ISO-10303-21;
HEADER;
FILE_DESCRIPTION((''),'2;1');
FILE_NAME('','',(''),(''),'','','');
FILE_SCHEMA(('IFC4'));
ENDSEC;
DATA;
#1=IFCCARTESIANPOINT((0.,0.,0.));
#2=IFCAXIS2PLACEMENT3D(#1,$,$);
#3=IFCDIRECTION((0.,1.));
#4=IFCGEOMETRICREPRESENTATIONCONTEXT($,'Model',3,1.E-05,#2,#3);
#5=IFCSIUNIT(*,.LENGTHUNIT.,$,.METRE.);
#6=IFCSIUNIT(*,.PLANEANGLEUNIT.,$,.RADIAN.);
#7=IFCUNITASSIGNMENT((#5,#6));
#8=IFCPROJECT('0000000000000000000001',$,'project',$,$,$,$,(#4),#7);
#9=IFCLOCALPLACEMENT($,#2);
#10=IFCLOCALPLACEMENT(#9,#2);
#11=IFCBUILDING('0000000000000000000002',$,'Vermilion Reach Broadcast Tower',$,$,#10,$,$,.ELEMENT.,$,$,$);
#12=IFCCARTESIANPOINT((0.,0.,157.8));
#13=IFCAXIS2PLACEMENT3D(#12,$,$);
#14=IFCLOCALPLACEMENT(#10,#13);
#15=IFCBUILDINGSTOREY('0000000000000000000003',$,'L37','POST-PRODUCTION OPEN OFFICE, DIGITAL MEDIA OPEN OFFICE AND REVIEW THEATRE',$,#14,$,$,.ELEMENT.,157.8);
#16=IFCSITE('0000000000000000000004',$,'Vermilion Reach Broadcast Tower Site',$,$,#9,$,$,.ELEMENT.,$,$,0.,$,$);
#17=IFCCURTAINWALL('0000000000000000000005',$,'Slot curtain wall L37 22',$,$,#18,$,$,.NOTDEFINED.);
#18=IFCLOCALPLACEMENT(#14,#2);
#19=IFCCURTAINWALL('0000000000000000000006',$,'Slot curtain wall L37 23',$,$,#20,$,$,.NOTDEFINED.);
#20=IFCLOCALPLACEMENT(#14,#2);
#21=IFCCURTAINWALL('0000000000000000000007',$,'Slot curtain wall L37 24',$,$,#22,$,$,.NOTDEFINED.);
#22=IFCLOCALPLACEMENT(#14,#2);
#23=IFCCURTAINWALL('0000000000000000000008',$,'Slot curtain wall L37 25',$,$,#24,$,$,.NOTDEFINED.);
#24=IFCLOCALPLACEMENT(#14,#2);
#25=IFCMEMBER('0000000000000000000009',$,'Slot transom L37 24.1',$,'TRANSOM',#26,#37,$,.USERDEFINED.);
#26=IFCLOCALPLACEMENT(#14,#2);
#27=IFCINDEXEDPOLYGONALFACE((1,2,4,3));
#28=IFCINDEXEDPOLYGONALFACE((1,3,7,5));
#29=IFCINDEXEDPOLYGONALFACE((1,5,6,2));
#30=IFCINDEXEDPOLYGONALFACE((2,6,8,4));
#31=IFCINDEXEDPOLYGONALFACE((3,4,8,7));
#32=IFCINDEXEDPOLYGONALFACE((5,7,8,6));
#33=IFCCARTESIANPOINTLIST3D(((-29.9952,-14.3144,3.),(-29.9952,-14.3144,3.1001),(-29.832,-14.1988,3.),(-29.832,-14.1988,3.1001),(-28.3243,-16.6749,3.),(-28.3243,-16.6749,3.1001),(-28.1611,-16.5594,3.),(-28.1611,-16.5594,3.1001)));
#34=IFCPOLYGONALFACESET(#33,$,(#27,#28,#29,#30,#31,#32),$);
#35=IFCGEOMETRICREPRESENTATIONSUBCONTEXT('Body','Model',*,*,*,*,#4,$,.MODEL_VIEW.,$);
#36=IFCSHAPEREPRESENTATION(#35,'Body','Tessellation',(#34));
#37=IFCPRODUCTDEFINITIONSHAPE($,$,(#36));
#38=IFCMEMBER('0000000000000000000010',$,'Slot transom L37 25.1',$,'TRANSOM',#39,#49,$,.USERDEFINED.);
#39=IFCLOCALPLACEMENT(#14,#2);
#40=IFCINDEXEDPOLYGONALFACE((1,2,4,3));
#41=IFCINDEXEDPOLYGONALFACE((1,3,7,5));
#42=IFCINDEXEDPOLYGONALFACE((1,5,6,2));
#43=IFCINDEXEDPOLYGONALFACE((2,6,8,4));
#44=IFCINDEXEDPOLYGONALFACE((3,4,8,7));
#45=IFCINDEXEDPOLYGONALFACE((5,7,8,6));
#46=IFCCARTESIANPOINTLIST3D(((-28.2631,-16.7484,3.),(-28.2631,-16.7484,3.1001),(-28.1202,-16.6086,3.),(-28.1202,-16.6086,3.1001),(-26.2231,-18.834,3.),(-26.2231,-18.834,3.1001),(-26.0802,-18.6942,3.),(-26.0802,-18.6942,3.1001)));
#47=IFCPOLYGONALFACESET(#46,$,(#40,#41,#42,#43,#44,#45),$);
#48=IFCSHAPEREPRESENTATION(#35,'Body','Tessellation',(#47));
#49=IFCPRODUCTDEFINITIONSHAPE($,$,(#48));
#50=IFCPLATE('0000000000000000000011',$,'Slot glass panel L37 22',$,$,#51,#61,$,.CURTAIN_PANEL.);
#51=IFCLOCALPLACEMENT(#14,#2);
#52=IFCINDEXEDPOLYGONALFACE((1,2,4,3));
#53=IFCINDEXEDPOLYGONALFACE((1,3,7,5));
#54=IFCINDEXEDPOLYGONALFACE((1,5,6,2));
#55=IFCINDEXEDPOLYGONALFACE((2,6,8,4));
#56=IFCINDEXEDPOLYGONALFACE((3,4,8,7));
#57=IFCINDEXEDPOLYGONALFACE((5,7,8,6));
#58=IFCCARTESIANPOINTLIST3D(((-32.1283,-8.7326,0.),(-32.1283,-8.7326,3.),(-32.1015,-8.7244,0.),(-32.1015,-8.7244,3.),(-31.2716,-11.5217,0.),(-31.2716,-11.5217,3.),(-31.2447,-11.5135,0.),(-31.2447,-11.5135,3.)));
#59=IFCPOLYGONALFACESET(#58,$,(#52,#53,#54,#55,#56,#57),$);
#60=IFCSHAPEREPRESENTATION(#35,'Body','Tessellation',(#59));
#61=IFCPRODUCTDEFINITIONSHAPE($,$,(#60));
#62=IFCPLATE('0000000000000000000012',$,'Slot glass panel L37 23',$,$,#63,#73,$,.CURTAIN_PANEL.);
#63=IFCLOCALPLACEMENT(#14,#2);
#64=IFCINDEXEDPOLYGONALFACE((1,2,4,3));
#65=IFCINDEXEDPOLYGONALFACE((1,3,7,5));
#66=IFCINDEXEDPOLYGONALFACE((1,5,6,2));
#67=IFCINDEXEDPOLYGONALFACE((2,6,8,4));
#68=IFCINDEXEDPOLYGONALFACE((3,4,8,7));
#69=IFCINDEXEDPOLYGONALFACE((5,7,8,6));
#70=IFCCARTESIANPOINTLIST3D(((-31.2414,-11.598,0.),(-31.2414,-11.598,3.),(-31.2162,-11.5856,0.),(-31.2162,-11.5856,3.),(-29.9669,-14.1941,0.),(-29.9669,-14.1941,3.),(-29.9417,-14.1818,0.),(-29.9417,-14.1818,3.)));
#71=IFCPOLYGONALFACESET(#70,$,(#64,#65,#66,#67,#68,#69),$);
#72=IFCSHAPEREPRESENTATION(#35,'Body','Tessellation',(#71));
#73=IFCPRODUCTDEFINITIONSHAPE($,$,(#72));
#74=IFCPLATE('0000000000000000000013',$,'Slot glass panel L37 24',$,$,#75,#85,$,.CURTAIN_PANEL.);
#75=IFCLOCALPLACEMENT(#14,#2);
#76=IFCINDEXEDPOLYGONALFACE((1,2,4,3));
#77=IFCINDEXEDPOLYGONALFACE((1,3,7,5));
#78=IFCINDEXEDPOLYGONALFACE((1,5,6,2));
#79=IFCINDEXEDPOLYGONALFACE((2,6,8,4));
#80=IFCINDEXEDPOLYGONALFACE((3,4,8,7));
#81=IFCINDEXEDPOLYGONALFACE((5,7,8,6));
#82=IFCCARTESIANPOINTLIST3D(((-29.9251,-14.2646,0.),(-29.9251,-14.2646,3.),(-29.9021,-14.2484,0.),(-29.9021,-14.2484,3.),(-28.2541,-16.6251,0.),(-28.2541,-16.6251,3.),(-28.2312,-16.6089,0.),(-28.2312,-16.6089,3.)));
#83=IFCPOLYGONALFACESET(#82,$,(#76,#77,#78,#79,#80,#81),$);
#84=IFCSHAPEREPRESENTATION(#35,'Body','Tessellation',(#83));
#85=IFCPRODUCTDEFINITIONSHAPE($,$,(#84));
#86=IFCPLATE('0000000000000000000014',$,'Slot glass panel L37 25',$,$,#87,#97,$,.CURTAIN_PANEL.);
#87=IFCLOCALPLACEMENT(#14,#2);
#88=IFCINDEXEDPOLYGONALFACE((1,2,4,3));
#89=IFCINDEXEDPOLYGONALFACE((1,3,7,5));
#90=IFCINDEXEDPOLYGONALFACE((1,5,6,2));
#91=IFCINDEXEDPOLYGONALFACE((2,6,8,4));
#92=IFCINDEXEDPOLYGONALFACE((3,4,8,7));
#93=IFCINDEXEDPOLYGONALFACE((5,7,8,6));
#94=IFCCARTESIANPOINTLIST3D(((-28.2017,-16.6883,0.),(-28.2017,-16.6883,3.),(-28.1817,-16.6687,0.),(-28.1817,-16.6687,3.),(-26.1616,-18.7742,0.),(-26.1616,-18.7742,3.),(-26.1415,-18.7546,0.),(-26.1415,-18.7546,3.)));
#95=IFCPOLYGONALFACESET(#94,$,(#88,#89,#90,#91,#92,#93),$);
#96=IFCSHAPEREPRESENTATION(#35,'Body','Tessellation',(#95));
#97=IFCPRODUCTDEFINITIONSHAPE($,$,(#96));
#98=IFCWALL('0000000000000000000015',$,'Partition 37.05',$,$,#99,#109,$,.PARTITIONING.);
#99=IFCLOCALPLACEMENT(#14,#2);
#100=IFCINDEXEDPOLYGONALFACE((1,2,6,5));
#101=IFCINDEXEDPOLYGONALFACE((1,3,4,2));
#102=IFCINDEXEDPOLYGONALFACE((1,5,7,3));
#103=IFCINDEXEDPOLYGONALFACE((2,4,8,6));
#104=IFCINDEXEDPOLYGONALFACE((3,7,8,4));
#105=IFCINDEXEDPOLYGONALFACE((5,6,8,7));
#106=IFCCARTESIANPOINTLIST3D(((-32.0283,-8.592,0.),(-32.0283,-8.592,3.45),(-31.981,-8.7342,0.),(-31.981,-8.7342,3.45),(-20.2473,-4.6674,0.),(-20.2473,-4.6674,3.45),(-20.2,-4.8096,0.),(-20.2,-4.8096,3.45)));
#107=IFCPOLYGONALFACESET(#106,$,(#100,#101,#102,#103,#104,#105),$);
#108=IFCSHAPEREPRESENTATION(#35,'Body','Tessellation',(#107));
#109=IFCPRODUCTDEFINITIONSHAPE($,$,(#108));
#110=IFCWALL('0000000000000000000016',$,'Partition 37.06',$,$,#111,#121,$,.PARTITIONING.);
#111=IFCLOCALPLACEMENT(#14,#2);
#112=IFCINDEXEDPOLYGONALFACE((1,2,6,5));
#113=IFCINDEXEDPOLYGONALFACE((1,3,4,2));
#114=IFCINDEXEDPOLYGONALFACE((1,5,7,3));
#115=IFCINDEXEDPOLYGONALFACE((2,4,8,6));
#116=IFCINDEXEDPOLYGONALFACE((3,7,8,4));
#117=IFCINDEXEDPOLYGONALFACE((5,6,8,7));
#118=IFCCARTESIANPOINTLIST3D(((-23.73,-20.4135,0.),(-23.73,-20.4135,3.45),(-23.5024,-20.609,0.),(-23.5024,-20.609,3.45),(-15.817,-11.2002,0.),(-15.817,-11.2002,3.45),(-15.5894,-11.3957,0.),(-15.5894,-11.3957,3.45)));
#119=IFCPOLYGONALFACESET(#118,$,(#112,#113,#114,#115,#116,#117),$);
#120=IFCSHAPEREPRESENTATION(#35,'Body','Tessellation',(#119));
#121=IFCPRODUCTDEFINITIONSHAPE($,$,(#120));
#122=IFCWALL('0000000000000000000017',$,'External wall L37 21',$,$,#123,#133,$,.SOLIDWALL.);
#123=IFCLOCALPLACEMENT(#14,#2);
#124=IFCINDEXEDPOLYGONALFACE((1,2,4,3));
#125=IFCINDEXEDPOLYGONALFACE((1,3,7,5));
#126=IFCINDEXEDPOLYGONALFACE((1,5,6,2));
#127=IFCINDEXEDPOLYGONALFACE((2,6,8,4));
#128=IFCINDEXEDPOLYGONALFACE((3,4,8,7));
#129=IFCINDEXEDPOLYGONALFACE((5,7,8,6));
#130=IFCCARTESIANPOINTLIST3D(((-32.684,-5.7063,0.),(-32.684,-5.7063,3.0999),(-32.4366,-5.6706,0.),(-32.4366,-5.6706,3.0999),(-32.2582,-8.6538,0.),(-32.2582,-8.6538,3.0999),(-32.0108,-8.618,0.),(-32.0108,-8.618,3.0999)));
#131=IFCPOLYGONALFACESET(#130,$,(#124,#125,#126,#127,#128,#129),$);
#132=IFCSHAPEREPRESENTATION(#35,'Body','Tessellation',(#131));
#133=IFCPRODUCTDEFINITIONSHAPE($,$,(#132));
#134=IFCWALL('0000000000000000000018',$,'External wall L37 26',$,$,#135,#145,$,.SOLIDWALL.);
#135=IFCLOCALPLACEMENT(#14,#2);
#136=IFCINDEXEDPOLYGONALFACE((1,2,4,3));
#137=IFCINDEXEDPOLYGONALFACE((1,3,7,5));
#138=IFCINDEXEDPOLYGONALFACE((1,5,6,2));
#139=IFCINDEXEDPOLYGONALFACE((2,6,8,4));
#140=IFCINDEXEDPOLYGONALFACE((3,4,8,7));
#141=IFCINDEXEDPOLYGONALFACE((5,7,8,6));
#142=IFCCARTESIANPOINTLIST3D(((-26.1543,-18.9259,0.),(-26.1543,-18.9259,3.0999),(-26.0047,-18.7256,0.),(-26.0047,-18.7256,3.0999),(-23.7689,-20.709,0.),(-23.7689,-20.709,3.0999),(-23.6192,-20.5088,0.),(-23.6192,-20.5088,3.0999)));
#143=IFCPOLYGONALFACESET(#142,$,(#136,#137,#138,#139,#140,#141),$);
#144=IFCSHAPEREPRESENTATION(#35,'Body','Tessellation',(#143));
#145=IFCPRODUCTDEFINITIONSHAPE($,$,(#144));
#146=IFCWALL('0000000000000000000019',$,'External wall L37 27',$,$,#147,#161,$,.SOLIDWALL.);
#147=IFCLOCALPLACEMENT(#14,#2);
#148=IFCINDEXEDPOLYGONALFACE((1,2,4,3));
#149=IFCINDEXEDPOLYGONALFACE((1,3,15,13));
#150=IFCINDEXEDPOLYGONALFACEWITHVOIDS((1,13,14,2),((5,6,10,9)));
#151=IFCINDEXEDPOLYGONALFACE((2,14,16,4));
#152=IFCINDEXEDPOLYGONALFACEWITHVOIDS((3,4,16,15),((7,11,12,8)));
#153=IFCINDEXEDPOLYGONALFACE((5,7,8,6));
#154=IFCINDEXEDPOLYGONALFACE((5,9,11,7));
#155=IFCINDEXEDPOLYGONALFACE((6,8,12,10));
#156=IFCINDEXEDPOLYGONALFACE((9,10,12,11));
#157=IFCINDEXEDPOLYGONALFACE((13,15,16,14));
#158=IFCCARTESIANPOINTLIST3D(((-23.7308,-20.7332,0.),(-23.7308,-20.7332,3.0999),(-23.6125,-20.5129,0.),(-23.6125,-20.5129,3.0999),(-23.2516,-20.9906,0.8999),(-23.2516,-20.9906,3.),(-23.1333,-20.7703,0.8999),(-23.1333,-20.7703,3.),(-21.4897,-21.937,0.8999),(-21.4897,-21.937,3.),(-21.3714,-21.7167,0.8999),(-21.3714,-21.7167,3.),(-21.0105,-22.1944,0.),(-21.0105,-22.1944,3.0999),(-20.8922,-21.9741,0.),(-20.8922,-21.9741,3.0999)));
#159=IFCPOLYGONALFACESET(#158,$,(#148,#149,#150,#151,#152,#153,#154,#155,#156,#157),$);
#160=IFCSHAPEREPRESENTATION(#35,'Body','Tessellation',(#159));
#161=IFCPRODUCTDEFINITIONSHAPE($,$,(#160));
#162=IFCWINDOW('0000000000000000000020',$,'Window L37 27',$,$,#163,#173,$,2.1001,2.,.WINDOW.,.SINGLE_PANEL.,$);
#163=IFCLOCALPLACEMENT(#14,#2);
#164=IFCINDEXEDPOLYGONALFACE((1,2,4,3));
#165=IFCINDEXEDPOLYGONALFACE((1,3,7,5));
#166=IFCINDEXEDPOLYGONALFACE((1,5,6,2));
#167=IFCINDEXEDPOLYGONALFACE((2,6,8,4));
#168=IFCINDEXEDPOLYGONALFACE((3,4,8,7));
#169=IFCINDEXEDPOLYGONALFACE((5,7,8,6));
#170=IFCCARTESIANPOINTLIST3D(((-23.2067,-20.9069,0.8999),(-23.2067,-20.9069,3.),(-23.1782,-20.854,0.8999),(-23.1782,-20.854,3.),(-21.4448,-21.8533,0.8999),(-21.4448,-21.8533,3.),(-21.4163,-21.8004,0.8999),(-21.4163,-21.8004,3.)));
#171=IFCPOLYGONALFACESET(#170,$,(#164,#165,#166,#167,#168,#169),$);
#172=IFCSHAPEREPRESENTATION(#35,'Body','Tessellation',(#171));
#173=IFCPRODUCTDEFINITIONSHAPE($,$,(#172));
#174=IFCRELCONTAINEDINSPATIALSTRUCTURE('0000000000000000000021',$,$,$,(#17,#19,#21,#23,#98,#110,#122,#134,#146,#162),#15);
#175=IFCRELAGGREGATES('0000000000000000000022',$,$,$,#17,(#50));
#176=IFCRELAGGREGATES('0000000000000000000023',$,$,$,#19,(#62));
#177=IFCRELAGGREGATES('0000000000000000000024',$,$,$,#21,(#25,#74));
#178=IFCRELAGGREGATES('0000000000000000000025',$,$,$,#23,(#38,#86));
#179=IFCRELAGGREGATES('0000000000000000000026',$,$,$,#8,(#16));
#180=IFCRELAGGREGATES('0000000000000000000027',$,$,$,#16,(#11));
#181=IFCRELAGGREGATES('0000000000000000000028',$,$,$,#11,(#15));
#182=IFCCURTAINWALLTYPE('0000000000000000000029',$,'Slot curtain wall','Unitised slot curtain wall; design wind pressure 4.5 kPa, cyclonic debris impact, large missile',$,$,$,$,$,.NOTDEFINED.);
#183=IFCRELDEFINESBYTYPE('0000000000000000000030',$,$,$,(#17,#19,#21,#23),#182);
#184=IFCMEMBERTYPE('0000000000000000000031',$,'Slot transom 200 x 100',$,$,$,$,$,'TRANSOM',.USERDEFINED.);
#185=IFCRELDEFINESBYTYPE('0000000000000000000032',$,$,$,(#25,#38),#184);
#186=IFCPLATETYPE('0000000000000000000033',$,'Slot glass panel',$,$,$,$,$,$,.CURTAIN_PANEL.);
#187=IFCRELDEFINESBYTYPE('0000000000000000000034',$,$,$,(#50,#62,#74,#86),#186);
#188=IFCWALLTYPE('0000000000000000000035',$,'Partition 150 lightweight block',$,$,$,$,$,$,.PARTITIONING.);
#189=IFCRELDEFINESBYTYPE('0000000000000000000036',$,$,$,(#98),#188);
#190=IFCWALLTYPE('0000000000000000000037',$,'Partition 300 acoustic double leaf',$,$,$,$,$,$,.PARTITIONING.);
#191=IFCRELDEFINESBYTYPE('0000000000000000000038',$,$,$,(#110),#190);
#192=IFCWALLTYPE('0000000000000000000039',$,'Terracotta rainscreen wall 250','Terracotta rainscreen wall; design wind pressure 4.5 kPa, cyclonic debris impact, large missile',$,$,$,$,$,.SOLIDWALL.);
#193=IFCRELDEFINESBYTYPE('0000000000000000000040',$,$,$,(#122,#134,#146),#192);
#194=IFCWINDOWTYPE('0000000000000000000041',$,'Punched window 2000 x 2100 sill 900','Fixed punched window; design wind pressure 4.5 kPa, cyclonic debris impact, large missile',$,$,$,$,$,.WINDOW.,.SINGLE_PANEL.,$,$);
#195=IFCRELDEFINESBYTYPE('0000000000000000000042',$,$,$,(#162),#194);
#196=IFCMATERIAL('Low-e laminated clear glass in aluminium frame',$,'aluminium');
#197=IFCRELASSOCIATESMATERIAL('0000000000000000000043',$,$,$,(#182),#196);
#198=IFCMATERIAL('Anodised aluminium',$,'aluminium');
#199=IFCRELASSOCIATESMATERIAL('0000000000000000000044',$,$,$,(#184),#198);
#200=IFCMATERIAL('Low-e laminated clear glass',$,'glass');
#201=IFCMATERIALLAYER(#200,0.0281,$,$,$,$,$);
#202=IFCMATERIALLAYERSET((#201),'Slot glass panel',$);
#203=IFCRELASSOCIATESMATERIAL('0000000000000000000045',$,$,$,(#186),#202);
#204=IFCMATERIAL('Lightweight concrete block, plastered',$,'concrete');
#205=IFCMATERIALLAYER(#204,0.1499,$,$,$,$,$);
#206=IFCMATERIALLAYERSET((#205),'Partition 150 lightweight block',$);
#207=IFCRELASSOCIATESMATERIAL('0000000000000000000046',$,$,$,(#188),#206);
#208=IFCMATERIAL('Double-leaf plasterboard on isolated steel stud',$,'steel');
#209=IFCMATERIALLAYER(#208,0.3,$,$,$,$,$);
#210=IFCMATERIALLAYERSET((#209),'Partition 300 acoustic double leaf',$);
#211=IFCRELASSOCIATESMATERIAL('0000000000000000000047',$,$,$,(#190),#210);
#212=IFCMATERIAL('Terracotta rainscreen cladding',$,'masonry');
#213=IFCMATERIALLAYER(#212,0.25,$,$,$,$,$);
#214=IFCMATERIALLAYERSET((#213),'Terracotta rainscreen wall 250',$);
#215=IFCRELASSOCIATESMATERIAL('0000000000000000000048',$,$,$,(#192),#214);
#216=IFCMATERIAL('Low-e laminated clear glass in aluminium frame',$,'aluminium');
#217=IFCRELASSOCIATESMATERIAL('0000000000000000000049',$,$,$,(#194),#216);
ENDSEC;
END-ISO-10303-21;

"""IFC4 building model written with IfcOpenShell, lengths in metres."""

from ifc_helpers import new_model, si_unit, direction, frame, frame_2d, origin, origin_2d, place, context, subcontext, project, spatial, rectangle, extrude, material, layer, layer_set, material_profile, profile_set, type_object, element, fill, aggregate, save


model = new_model("IFC4")

# Units and contexts
model_context = context("Model", 3, precision=1e-05, world=origin(), true_north=direction((0.0, 1.0)))
body_context = subcontext(model_context, "Body", "Model", "MODEL_VIEW")
ifc_project = project(units=[si_unit("LENGTHUNIT", "METRE"), si_unit("PLANEANGLEUNIT", "RADIAN")], contexts=[model_context])

# Site, building, storey
site_placement = place(None, origin())
site = spatial("IfcSite", under=ifc_project, at=site_placement, Name="Vermilion Reach Broadcast Tower Site", CompositionType="ELEMENT", RefElevation=0.0)
building_placement = place(site_placement, origin())
building = spatial("IfcBuilding", under=site, at=building_placement, Name="Vermilion Reach Broadcast Tower", CompositionType="ELEMENT")
storey_placement = place(building_placement, frame((0.0, 0.0, 157.8)))
storey = spatial("IfcBuildingStorey", under=building, at=storey_placement, Name="L37", Description="POST-PRODUCTION OPEN OFFICE, DIGITAL MEDIA OPEN OFFICE AND REVIEW THEATRE", CompositionType="ELEMENT", Elevation=157.8)

# Curtain walls
ifc_material_1 = material(Name="Low-e laminated clear glass in aluminium frame", Category="aluminium")
curtain_wall_type = type_object("IfcCurtainWallType", Name="Slot curtain wall", Description="Unitised slot curtain wall; design wind pressure 4.5 kPa, cyclonic debris impact, large missile", PredefinedType="NOTDEFINED", material=ifc_material_1)
placement = place(storey_placement, origin())
curtain_wall_1 = element("IfcCurtainWall", 1, at=placement, inside=storey, type_object=curtain_wall_type, Name="Slot curtain wall L37 22", PredefinedType="NOTDEFINED")
curtain_wall_2 = element("IfcCurtainWall", 2, at=placement, inside=storey, type_object=curtain_wall_type, Name="Slot curtain wall L37 23", PredefinedType="NOTDEFINED")
curtain_wall_3 = element("IfcCurtainWall", 3, at=placement, inside=storey, type_object=curtain_wall_type, Name="Slot curtain wall L37 24", PredefinedType="NOTDEFINED")

# Curtain wall
curtain_wall_4 = element("IfcCurtainWall", 4, at=placement, inside=storey, type_object=curtain_wall_type, Name="Slot curtain wall L37 25", PredefinedType="NOTDEFINED")

# Members
ifc_material_2 = material(Name="Anodised aluminium", Category="aluminium")
ifc_material_profile_1 = material_profile(ifc_material_2, rectangle(XDim=0.2, YDim=0.1001, at=origin_2d()), Name="Slot transom 200 x 100")
ifc_profile_set_1 = profile_set([ifc_material_profile_1], Name="Anodised aluminium")
member_type_1 = type_object("IfcMemberType", Name="Slot transom 200 x 100", ElementType="TRANSOM", PredefinedType="USERDEFINED", material=ifc_profile_set_1)
member_1_placement = place(storey_placement, frame((-29.9136, -14.2566, 3.05), z_axis=(0.577743, -0.816219, 0.0), x_axis=(0.816219, 0.577743, 0.0)))
member_1 = element("IfcMember", 5, at=member_1_placement, type_object=member_type_1, Name="Slot transom L37 24.1", ObjectType="TRANSOM", PredefinedType="USERDEFINED", context=body_context, shape_type="SweptSolid", body=[
    extrude(rectangle(XDim=0.2, YDim=0.1001, at=origin_2d()), origin(), (0.0, 0.0, 1.0), 2.8921),
])
member_2_placement = place(storey_placement, frame((-28.1917, -16.6785, 3.05), z_axis=(0.699239, -0.714888, 0.0), x_axis=(0.714888, 0.699239, 0.0)))
member_2 = element("IfcMember", 6, at=member_2_placement, type_object=member_type_1, Name="Slot transom L37 25.1", ObjectType="TRANSOM", PredefinedType="USERDEFINED", context=body_context, shape_type="SweptSolid", body=[
    extrude(rectangle(XDim=0.2, YDim=0.1001, at=origin_2d()), origin(), (0.0, 0.0, 1.0), 2.9175),
])

# Plates
ifc_material_3 = material(Name="Low-e laminated clear glass", Category="glass")
ifc_layer_1 = layer(ifc_material_3, 0.0281)
ifc_layer_set_1 = layer_set([ifc_layer_1], Name="Slot glass panel")
plate_type = type_object("IfcPlateType", Name="Slot glass panel", PredefinedType="CURTAIN_PANEL", material=ifc_layer_set_1)
plate_1_placement = place(storey_placement, frame((-31.6865, -10.123, 0.0), z_axis=(0.0, 0.0, 1.0), x_axis=(0.293631, -0.955919, 0.0)))
plate_1 = element("IfcPlate", 7, at=plate_1_placement, type_object=plate_type, Name="Slot glass panel L37 22", PredefinedType="CURTAIN_PANEL", context=body_context, shape_type="SweptSolid", body=[
    extrude(rectangle(XDim=2.9177, YDim=0.0281, at=origin_2d()), origin(), (0.0, 0.0, 1.0), 3.0),
])
aggregate(curtain_wall_1, [plate_1])
plate_2_placement = place(storey_placement, frame((-30.5916, -12.8899, 0.0), z_axis=(0.0, 0.0, 1.0), x_axis=(0.440672, -0.897668, 0.0)))
plate_2 = element("IfcPlate", 8, at=plate_2_placement, type_object=plate_type, Name="Slot glass panel L37 23", PredefinedType="CURTAIN_PANEL", context=body_context, shape_type="SweptSolid", body=[
    extrude(rectangle(XDim=2.8921, YDim=0.0281, at=origin_2d()), origin(), (0.0, 0.0, 1.0), 3.0),
])
aggregate(curtain_wall_2, [plate_2])
plate_3_placement = place(storey_placement, frame((-29.0781, -15.4368, 0.0), z_axis=(0.0, 0.0, 1.0), x_axis=(0.577761, -0.816206, 0.0)))
plate_3 = element("IfcPlate", 9, at=plate_3_placement, type_object=plate_type, Name="Slot glass panel L37 24", PredefinedType="CURTAIN_PANEL", context=body_context, shape_type="SweptSolid", body=[
    extrude(rectangle(XDim=2.8921, YDim=0.0281, at=origin_2d()), origin(), (0.0, 0.0, 1.0), 3.0),
])
aggregate(curtain_wall_3, [member_1, plate_3])
plate_4_placement = place(storey_placement, frame((-27.1716, -17.7214, 0.0), z_axis=(0.0, 0.0, 1.0), x_axis=(0.699221, -0.714906, 0.0)))
plate_4 = element("IfcPlate", 10, at=plate_4_placement, type_object=plate_type, Name="Slot glass panel L37 25", PredefinedType="CURTAIN_PANEL", context=body_context, shape_type="SweptSolid", body=[
    extrude(rectangle(XDim=2.9177, YDim=0.0281, at=origin_2d()), origin(), (0.0, 0.0, 1.0), 3.0),
])
aggregate(curtain_wall_4, [member_2, plate_4])

# Walls
ifc_material_4 = material(Name="Lightweight concrete block, plastered", Category="concrete")
ifc_layer_2 = layer(ifc_material_4, 0.1499)
ifc_layer_set_2 = layer_set([ifc_layer_2], Name="Partition 150 lightweight block")
wall_type_1 = type_object("IfcWallType", Name="Partition 150 lightweight block", PredefinedType="PARTITIONING", material=ifc_layer_set_2)
wall_1_placement = place(storey_placement, frame((-32.0046, -8.6631, 0.0), z_axis=(0.0, 0.0, 1.0), x_axis=(0.948742, 0.316051, 0.0)))
element("IfcWall", 11, at=wall_1_placement, inside=storey, type_object=wall_type_1, Name="Partition 37.05", PredefinedType="PARTITIONING", context=body_context, shape_type="SweptSolid", body=[
    extrude(rectangle(XDim=12.4175, YDim=0.1499, at=frame_2d((6.2087, 0.0))), origin(), (0.0, 0.0, 1.0), 3.45),
])
ifc_material_5 = material(Name="Double-leaf plasterboard on isolated steel stud", Category="steel")
ifc_layer_3 = layer(ifc_material_5, 0.3)
ifc_layer_set_3 = layer_set([ifc_layer_3], Name="Partition 300 acoustic double leaf")
wall_type_2 = type_object("IfcWallType", Name="Partition 300 acoustic double leaf", PredefinedType="PARTITIONING", material=ifc_layer_set_3)
wall_2_placement = place(storey_placement, frame((-23.6162, -20.5112, 0.0), z_axis=(0.0, 0.0, 1.0), x_axis=(0.651546, 0.758609, 0.0)))
element("IfcWall", 12, at=wall_2_placement, inside=storey, type_object=wall_type_2, Name="Partition 37.06", PredefinedType="PARTITIONING", context=body_context, shape_type="SweptSolid", body=[
    extrude(rectangle(XDim=12.145, YDim=0.3, at=frame_2d((6.0725, 0.0))), origin(), (0.0, 0.0, 1.0), 3.45),
])

# Shared definitions
ifc_material_6 = material(Name="Terracotta rainscreen cladding", Category="masonry")
ifc_layer_4 = layer(ifc_material_6, 0.25)
ifc_layer_set_4 = layer_set([ifc_layer_4], Name="Terracotta rainscreen wall 250")
wall_type_3 = type_object("IfcWallType", Name="Terracotta rainscreen wall 250", Description="Terracotta rainscreen wall; design wind pressure 4.5 kPa, cyclonic debris impact, large missile", PredefinedType="SOLIDWALL", material=ifc_layer_set_4)

# Walls
wall_3_placement = place(storey_placement, frame((-32.5603, -5.6885, 0.0), z_axis=(0.0, 0.0, 1.0), x_axis=(0.142971, -0.989727, 0.0)))
element("IfcWall", 13, at=wall_3_placement, inside=storey, type_object=wall_type_3, Name="External wall L37 21", PredefinedType="SOLIDWALL", context=body_context, shape_type="SweptSolid", body=[
    extrude(rectangle(XDim=2.978, YDim=0.25, at=frame_2d((1.489, 0.0))), origin(), (0.0, 0.0, 1.0), 3.0999),
])
wall_4_placement = place(storey_placement, frame((-26.0796, -18.8257, 0.0), z_axis=(0.0, 0.0, 1.0), x_axis=(0.800953, -0.598727, 0.0)))
element("IfcWall", 14, at=wall_4_placement, inside=storey, type_object=wall_type_3, Name="External wall L37 26", PredefinedType="SOLIDWALL", context=body_context, shape_type="SweptSolid", body=[
    extrude(rectangle(XDim=2.9783, YDim=0.25, at=frame_2d((1.4893, 0.0))), origin(), (0.0, 0.0, 1.0), 3.0999),
])

# Wall, opening, window
wall_5_placement = place(storey_placement, frame((-23.6716, -20.623, 0.0), z_axis=(0.0, 0.0, 1.0), x_axis=(0.88095, -0.473208, 0.0)))
wall_5 = element("IfcWall", 15, at=wall_5_placement, inside=storey, type_object=wall_type_3, Name="External wall L37 27", PredefinedType="SOLIDWALL", context=body_context, shape_type="SweptSolid", body=[
    extrude(rectangle(XDim=3.0879, YDim=0.25, at=frame_2d((1.5439, 0.0))), origin(), (0.0, 0.0, 1.0), 3.0999),
])
opening_1_placement = place(wall_5_placement, frame((0.5439, 0.0, 0.8999)))
opening_1 = element("IfcOpeningElement", 16, at=opening_1_placement, cuts=wall_5, PredefinedType="OPENING", context=body_context, shape_type="SweptSolid", body=[
    extrude(rectangle(XDim=2.0, YDim=2.1001, at=frame_2d((1.0, 1.05))), frame((0.0, 0.135, 0.0), z_axis=(0.0, -1.0, 0.0), x_axis=(1.0, 0.0, 0.0)), (0.0, 0.0, 1.0), 0.27),
])
ifc_material_7 = material(Name="Low-e laminated clear glass in aluminium frame", Category="aluminium")
window_type = type_object("IfcWindowType", Name="Punched window 2000 x 2100 sill 900", Description="Fixed punched window; design wind pressure 4.5 kPa, cyclonic debris impact, large missile", PartitioningType="SINGLE_PANEL", PredefinedType="WINDOW", material=ifc_material_7)
window_placement = place(opening_1_placement, origin())
window = element("IfcWindow", 17, at=window_placement, inside=storey, type_object=window_type, Name="Window L37 27", OverallHeight=2.1001, OverallWidth=2.0, PartitioningType="SINGLE_PANEL", PredefinedType="WINDOW", context=body_context, shape_type="SweptSolid", body=[
    extrude(rectangle(XDim=2.0, YDim=2.1001, at=frame_2d((1.0, 1.05))), frame((0.0, 0.03, 0.0), z_axis=(0.0, -1.0, 0.0), x_axis=(1.0, 0.0, 0.0)), (0.0, 0.0, 1.0), 0.0601),
])
fill(opening_1, window)

save(model, "model.ifc")
